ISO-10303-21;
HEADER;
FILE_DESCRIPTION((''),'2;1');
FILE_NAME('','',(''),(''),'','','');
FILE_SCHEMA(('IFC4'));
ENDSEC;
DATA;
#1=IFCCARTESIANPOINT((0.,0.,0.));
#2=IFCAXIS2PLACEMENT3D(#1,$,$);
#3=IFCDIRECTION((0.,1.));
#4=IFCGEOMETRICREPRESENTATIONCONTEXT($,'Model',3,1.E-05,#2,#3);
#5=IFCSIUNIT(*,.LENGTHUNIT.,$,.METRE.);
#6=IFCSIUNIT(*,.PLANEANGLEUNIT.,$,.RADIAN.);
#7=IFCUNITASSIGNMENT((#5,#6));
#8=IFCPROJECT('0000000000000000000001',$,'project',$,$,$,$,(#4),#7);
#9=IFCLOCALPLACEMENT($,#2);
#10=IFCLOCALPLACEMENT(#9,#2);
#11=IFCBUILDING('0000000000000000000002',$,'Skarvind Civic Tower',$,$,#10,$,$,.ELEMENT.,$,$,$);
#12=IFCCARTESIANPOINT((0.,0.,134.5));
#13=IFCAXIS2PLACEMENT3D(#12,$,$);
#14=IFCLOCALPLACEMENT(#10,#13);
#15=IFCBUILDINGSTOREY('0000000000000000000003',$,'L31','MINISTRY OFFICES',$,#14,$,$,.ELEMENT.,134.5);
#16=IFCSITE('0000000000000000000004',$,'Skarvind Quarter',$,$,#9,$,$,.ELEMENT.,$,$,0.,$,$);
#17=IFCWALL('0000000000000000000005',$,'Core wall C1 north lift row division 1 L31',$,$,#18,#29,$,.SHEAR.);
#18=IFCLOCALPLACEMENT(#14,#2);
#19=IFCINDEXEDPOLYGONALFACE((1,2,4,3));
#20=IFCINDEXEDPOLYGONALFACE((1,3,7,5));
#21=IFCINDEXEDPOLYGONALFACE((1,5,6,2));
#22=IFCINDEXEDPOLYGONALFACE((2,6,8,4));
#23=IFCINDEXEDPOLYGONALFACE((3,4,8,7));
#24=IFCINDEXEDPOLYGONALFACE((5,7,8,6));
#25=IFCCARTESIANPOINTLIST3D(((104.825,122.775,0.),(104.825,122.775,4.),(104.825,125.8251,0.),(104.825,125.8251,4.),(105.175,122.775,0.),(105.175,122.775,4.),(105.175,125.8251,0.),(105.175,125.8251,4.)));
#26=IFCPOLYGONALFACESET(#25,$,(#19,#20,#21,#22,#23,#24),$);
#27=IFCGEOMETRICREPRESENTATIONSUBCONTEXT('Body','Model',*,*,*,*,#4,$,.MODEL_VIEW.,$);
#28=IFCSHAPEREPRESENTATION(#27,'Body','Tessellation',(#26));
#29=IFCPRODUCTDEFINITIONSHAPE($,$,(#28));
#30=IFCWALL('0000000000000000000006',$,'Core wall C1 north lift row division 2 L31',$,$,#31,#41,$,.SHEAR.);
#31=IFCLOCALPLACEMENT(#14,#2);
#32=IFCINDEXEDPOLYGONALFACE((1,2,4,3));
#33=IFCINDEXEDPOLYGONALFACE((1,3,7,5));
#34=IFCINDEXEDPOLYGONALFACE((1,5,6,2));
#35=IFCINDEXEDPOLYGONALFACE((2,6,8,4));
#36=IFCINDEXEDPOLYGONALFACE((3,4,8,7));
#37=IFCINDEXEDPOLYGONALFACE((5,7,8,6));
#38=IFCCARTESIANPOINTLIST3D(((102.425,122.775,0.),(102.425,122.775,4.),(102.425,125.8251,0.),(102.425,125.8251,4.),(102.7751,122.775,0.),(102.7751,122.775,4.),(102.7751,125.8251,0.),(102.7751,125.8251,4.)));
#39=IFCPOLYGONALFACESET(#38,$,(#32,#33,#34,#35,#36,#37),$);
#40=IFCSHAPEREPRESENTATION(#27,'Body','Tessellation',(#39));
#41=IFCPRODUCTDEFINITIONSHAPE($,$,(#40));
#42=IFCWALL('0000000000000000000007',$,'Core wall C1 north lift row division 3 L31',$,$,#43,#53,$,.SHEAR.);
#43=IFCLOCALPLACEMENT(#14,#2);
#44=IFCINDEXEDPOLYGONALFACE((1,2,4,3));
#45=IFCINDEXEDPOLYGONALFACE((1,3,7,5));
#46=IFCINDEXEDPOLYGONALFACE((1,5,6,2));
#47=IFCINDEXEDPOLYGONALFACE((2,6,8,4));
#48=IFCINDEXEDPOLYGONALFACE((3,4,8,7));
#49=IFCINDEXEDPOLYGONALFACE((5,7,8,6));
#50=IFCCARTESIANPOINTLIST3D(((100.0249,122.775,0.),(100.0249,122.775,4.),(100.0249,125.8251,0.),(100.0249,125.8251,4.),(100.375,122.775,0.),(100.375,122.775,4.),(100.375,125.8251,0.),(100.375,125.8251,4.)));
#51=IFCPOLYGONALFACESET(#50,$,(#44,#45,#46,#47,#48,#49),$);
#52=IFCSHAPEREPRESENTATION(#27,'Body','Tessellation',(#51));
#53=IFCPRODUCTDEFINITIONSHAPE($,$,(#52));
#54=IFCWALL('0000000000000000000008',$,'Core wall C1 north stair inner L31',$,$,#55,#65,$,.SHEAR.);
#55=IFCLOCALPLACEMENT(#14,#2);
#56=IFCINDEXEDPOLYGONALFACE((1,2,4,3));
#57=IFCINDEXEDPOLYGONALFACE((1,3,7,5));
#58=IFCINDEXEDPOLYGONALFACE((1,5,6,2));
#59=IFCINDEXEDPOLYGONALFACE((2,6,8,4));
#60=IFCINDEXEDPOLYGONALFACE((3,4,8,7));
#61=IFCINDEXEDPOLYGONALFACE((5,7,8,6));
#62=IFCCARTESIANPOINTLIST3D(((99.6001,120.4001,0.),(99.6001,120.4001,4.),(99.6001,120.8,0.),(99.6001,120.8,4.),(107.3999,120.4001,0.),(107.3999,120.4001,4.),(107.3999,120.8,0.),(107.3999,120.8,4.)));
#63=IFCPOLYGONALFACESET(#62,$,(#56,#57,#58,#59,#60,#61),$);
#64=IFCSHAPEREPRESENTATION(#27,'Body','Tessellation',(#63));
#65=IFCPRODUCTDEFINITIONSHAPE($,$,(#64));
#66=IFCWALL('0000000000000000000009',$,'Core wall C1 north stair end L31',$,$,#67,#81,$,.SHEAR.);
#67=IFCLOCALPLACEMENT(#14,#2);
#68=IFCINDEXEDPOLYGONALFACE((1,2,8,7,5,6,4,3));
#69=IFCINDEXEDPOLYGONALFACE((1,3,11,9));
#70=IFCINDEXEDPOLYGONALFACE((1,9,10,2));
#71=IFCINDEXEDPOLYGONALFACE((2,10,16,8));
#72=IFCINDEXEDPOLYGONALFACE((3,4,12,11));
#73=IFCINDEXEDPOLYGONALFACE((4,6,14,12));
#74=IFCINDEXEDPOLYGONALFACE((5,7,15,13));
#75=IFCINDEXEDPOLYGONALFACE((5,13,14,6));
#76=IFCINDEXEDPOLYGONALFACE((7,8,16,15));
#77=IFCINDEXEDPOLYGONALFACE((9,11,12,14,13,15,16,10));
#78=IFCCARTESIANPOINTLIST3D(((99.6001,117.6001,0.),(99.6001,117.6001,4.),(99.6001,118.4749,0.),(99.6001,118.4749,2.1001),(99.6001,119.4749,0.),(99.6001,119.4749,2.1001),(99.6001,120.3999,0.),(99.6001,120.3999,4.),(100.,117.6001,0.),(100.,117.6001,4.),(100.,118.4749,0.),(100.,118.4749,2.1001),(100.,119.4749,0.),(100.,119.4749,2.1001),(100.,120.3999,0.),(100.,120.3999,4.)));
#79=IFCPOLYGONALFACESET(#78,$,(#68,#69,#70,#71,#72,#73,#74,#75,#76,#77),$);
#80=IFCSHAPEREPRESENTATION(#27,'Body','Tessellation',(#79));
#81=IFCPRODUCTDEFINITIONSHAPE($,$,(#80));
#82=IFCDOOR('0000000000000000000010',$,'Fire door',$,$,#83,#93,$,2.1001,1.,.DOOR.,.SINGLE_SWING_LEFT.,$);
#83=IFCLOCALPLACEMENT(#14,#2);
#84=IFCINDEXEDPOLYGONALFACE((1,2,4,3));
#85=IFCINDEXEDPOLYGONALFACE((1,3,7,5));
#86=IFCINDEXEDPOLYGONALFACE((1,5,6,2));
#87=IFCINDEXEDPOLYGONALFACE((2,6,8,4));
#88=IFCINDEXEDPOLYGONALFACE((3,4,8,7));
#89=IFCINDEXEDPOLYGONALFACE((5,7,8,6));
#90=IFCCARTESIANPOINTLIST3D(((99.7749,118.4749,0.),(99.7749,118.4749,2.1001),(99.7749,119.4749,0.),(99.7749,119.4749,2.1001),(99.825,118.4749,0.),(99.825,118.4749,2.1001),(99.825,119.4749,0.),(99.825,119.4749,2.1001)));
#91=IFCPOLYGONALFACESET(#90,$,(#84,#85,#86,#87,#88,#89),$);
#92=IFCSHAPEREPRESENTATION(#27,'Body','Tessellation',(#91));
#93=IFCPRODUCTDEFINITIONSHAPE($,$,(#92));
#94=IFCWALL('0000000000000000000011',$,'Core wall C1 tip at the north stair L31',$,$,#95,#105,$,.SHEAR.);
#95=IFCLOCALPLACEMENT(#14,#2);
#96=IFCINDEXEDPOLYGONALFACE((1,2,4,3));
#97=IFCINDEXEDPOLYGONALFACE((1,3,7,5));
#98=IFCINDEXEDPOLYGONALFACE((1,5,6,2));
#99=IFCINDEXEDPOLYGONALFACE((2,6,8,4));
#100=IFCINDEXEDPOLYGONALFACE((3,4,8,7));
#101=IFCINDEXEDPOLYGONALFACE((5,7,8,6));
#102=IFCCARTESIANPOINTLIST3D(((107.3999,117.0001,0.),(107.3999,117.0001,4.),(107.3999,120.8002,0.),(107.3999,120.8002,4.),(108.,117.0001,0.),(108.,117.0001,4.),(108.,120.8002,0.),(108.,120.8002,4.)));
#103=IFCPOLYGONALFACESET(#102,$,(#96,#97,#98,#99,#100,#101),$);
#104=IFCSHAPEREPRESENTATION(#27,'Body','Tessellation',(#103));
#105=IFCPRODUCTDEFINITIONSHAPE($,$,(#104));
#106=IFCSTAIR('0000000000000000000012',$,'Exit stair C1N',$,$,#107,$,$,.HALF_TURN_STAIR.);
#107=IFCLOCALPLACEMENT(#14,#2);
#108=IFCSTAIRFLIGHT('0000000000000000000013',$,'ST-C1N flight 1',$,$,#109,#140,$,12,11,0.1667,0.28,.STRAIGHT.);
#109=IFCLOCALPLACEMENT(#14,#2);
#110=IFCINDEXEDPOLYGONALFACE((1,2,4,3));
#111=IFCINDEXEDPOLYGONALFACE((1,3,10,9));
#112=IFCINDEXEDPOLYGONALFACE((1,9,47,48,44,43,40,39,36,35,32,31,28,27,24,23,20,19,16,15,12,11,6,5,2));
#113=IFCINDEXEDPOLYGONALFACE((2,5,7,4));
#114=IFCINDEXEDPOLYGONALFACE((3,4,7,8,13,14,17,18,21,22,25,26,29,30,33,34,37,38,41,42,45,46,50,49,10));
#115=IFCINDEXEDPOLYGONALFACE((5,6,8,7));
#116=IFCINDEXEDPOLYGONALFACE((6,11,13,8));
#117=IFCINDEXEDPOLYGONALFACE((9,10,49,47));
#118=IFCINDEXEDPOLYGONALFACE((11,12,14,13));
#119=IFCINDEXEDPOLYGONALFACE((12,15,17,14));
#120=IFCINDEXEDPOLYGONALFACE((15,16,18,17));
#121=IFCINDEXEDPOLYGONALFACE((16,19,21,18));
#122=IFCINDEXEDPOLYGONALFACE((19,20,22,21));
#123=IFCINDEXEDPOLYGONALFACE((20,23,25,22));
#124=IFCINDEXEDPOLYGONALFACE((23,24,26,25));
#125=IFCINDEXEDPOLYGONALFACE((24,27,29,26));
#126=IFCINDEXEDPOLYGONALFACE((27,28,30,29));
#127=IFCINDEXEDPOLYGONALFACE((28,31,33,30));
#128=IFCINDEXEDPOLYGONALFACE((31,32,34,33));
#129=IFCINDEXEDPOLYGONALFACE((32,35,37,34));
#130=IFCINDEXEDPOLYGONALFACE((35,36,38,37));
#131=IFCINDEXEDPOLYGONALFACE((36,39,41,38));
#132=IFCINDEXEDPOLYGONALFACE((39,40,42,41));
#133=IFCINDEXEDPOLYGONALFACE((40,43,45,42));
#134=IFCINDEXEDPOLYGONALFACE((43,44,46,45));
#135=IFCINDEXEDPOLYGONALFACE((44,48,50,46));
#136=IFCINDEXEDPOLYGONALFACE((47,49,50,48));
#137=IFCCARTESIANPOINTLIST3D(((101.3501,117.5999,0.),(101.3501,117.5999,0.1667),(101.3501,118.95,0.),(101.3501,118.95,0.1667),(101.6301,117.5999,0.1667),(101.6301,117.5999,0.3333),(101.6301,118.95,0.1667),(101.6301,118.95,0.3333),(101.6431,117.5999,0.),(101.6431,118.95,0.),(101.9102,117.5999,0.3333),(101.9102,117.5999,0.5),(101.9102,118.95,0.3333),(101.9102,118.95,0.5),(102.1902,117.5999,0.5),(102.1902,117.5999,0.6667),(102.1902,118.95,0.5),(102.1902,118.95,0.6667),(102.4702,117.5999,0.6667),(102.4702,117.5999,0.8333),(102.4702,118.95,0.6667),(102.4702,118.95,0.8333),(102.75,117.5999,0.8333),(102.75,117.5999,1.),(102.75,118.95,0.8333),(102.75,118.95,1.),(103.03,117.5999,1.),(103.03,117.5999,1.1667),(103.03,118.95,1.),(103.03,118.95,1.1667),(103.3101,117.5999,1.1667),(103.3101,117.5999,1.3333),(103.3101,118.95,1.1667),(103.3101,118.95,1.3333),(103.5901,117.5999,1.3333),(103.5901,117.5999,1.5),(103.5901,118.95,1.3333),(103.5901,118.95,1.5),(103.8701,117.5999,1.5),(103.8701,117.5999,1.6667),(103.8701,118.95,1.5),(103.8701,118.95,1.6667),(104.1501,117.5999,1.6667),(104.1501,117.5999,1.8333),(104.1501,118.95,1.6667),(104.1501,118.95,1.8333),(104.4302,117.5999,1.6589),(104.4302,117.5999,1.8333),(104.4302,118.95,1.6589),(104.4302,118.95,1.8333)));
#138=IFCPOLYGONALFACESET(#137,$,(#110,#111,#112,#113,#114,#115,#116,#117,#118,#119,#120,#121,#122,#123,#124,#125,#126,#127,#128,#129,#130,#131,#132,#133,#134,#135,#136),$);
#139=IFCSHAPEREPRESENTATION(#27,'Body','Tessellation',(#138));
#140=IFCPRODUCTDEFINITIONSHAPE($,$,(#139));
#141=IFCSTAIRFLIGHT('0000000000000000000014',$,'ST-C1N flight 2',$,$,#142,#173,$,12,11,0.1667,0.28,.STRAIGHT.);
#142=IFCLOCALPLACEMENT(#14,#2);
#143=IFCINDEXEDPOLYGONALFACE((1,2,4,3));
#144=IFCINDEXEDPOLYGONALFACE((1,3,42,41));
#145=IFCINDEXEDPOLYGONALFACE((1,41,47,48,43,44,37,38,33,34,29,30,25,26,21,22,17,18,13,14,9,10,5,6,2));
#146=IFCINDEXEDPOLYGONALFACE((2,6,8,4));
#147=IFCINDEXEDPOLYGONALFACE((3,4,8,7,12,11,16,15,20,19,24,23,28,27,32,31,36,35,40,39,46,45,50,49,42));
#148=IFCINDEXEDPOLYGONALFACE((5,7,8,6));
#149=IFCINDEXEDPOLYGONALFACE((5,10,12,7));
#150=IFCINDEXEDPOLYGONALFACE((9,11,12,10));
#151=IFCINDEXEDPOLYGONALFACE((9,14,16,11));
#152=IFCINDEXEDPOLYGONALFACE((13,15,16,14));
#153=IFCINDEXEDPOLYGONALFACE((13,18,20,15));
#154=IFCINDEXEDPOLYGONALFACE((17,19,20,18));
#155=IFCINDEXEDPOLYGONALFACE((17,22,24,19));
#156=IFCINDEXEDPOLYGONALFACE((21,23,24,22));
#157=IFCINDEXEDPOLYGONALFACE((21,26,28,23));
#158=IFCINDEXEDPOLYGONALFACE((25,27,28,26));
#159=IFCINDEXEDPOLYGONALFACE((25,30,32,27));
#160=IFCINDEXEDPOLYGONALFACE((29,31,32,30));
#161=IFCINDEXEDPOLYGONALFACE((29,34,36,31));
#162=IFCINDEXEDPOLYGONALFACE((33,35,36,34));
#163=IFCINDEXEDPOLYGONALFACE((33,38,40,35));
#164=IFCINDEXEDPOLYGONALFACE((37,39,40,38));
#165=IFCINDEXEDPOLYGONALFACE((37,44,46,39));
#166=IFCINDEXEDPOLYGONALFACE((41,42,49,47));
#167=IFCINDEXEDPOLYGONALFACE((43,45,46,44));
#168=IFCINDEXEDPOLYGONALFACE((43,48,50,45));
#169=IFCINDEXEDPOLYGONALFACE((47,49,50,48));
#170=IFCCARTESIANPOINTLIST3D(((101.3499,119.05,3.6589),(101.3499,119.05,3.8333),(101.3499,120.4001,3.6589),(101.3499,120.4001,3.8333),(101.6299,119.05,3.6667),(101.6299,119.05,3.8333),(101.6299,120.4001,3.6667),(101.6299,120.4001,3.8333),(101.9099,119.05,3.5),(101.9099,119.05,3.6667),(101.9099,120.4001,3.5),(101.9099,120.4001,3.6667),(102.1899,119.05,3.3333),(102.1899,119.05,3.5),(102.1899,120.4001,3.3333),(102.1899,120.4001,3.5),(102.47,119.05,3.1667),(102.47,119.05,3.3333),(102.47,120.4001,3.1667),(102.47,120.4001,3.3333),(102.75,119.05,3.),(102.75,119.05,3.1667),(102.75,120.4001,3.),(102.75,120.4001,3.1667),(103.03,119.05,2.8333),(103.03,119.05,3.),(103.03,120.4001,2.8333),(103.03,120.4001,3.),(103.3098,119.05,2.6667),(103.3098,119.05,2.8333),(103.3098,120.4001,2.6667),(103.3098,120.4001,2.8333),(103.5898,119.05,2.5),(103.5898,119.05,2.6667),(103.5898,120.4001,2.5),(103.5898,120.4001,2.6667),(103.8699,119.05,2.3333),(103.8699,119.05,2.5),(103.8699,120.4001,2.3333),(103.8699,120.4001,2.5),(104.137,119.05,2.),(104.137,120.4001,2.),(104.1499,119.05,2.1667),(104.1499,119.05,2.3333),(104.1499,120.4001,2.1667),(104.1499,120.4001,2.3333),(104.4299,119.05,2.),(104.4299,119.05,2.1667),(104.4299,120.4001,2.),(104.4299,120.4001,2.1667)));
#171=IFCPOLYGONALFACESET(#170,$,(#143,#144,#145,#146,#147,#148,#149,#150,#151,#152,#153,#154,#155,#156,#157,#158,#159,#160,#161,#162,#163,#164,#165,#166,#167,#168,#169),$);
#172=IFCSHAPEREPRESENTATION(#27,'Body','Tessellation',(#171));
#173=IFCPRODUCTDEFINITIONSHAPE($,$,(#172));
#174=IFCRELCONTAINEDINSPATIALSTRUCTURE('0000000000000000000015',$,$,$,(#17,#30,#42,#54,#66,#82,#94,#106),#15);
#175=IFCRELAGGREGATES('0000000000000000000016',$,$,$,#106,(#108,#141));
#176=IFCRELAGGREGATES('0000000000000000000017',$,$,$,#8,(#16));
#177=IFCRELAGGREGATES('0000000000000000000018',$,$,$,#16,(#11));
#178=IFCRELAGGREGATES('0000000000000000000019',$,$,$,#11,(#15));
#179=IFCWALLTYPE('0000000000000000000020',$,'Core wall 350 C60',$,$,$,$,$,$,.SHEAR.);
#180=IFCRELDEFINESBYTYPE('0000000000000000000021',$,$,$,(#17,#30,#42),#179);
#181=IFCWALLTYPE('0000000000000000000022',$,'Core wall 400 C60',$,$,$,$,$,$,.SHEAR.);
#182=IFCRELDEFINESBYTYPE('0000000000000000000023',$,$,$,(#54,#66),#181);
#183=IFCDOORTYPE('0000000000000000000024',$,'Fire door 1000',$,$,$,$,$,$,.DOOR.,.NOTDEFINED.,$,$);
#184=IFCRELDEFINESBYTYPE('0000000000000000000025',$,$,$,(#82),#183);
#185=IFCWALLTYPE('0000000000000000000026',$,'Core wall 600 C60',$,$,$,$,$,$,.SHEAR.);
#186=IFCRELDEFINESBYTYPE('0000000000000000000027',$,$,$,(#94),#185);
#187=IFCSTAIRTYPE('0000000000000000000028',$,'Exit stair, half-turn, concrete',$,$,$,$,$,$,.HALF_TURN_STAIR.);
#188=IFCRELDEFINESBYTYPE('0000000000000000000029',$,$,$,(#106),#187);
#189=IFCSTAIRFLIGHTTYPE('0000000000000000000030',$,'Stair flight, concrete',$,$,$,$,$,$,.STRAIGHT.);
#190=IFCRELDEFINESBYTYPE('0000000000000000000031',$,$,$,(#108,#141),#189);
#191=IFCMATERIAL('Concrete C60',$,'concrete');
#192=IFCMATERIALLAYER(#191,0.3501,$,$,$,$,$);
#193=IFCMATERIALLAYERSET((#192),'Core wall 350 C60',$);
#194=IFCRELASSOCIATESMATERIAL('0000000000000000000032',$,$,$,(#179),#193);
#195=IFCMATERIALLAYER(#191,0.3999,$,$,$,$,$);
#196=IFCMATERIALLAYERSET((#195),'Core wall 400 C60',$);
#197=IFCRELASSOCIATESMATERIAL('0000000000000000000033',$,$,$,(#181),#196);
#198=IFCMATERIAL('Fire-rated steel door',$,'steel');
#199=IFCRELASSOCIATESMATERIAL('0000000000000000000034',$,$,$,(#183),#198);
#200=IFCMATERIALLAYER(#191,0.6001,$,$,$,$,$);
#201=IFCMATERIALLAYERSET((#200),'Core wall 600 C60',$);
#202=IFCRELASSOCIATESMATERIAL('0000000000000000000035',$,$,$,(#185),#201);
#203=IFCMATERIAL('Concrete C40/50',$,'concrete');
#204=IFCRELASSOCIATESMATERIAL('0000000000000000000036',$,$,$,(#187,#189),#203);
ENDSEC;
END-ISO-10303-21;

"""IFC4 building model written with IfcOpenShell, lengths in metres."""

from ifc_helpers import new_model, si_unit, direction, frame, frame_2d, origin, place, context, subcontext, project, spatial, polyline, rectangle, outline, extrude, material, layer, layer_set, type_object, element, fill, aggregate, save


model = new_model("IFC4")

# Units and contexts
model_context = context("Model", 3, precision=1e-05, world=origin(), true_north=direction((0.0, 1.0)))
body_context = subcontext(model_context, "Body", "Model", "MODEL_VIEW")
ifc_project = project(units=[si_unit("LENGTHUNIT", "METRE"), si_unit("PLANEANGLEUNIT", "RADIAN")], contexts=[model_context])

# Site, building, storey
site_placement = place(None, origin())
site = spatial("IfcSite", under=ifc_project, at=site_placement, Name="Skarvind Quarter", CompositionType="ELEMENT", RefElevation=0.0)
building_placement = place(site_placement, origin())
building = spatial("IfcBuilding", under=site, at=building_placement, Name="Skarvind Civic Tower", CompositionType="ELEMENT")
storey_placement = place(building_placement, frame((0.0, 0.0, 134.5)))
storey = spatial("IfcBuildingStorey", under=building, at=storey_placement, Name="L31", Description="MINISTRY OFFICES", CompositionType="ELEMENT", Elevation=134.5)

# Shared definitions
ifc_material_1 = material(Name="Concrete C60", Category="concrete")
ifc_layer_1 = layer(ifc_material_1, 0.3501)
ifc_layer_set_1 = layer_set([ifc_layer_1], Name="Core wall 350 C60")
wall_type_1 = type_object("IfcWallType", Name="Core wall 350 C60", PredefinedType="SHEAR", material=ifc_layer_set_1)
ifc_material_2 = material(Name="Fire-rated steel door", Category="steel")

# Walls
for number, where, z_axis, x_axis, name in (
    (1, (105.0, 125.825, 0.0), (0.0, 0.0, 1.0), (0.0, -1.0, 0.0), "Core wall C1 north lift row division 1 L31"),
    (2, (102.6001, 125.825, 0.0), (0.0, 0.0, 1.0), (0.0, -1.0, 0.0), "Core wall C1 north lift row division 2 L31"),
    (3, (100.2, 125.825, 0.0), (0.0, 0.0, 1.0), (0.0, -1.0, 0.0), "Core wall C1 north lift row division 3 L31"),
):
    element("IfcWall", number, at=place(storey_placement, frame(where, z_axis=z_axis, x_axis=x_axis)), inside=storey, type_object=wall_type_1, Name=name, PredefinedType="SHEAR", context=body_context, shape_type="SweptSolid", body=[
        extrude(rectangle(XDim=3.05, YDim=0.3501, at=frame_2d((1.5249, 0.0))), origin(), (0.0, 0.0, 1.0), 4.0),
    ])
ifc_layer_2 = layer(ifc_material_1, 0.3999)
ifc_layer_set_2 = layer_set([ifc_layer_2], Name="Core wall 400 C60")
wall_type_2 = type_object("IfcWallType", Name="Core wall 400 C60", PredefinedType="SHEAR", material=ifc_layer_set_2)
wall_1_placement = place(storey_placement, frame((107.3999, 120.6001, 0.0), z_axis=(0.0, 0.0, 1.0), x_axis=(-1.0, 0.0, 0.0)))
element("IfcWall", 4, at=wall_1_placement, inside=storey, type_object=wall_type_2, Name="Core wall C1 north stair inner L31", PredefinedType="SHEAR", context=body_context, shape_type="SweptSolid", body=[
    extrude(rectangle(XDim=7.7998, YDim=0.3999, at=frame_2d((3.8999, 0.0))), origin(), (0.0, 0.0, 1.0), 4.0),
])

# Wall, opening, door
wall_2_placement = place(storey_placement, frame((99.8, 120.3999, 0.0), z_axis=(0.0, 0.0, 1.0), x_axis=(0.0, -1.0, 0.0)))
wall_2 = element("IfcWall", 5, at=wall_2_placement, inside=storey, type_object=wall_type_2, Name="Core wall C1 north stair end L31", PredefinedType="SHEAR", context=body_context, shape_type="SweptSolid", body=[
    extrude(rectangle(XDim=2.7998, YDim=0.3999, at=frame_2d((1.3999, 0.0))), origin(), (0.0, 0.0, 1.0), 4.0),
])
opening_1_placement = place(wall_2_placement, frame((0.925, 0.0, 0.0)))
opening_1 = element("IfcOpeningElement", 6, at=opening_1_placement, cuts=wall_2, PredefinedType="OPENING", context=body_context, shape_type="SweptSolid", body=[
    extrude(rectangle(XDim=1.0, YDim=2.1001, at=frame_2d((0.5, 1.05))), frame((0.0, 0.21, 0.0), z_axis=(0.0, -1.0, 0.0), x_axis=(1.0, 0.0, 0.0)), (0.0, 0.0, 1.0), 0.4199),
])
door_type_1 = type_object("IfcDoorType", Name="Fire door 1000", OperationType="NOTDEFINED", PredefinedType="DOOR", material=ifc_material_2)
door_1_placement = place(opening_1_placement, origin())
door_1 = element("IfcDoor", 7, at=door_1_placement, inside=storey, type_object=door_type_1, Name="Fire door", OperationType="SINGLE_SWING_LEFT", OverallHeight=2.1001, OverallWidth=1.0, PredefinedType="DOOR", context=body_context, shape_type="SweptSolid", body=[
    extrude(rectangle(XDim=1.0, YDim=2.1001, at=frame_2d((0.5, 1.05))), frame((0.0, 0.0249, 0.0), z_axis=(0.0, -1.0, 0.0), x_axis=(1.0, 0.0, 0.0)), (0.0, 0.0, 1.0), 0.05),
])
fill(opening_1, door_1)

# Wall
ifc_layer_3 = layer(ifc_material_1, 0.6001)
ifc_layer_set_3 = layer_set([ifc_layer_3], Name="Core wall 600 C60")
wall_type_3 = type_object("IfcWallType", Name="Core wall 600 C60", PredefinedType="SHEAR", material=ifc_layer_set_3)
wall_3_placement = place(storey_placement, frame((107.7, 120.8, 0.0), z_axis=(0.0, 0.0, 1.0), x_axis=(0.0, -1.0, 0.0)))
element("IfcWall", 8, at=wall_3_placement, inside=storey, type_object=wall_type_3, Name="Core wall C1 tip at the north stair L31", PredefinedType="SHEAR", context=body_context, shape_type="SweptSolid", body=[
    extrude(rectangle(XDim=3.8, YDim=0.6001, at=frame_2d((1.8999, 0.0))), origin(), (0.0, 0.0, 1.0), 4.0),
])

# Stair, stair flights
ifc_material_3 = material(Name="Concrete C40/50", Category="concrete")
stair_type = type_object("IfcStairType", Name="Exit stair, half-turn, concrete", PredefinedType="HALF_TURN_STAIR", material=ifc_material_3)
stair_placement = place(storey_placement, origin())
stair = element("IfcStair", 9, at=stair_placement, inside=storey, type_object=stair_type, Name="Exit stair C1N", PredefinedType="HALF_TURN_STAIR")
stair_flight_type = type_object("IfcStairFlightType", Name="Stair flight, concrete", PredefinedType="STRAIGHT", material=ifc_material_3)
stair_flight_1_placement = place(storey_placement, frame((101.3501, 118.2749, 0.0), z_axis=(0.0, 0.0, 1.0), x_axis=(1.0, 0.0, 0.0)))
stair_flight_1 = element("IfcStairFlight", 10, at=stair_flight_1_placement, type_object=stair_flight_type, Name="ST-C1N flight 1", NumberOfRisers=12, NumberOfTreads=11, PredefinedType="STRAIGHT", RiserHeight=0.1667, TreadLength=0.28, context=body_context, shape_type="SweptSolid", body=[
    extrude(outline(polyline([(0.0, 0.0), (0.0, 0.1667), (0.28, 0.1667), (0.28, 0.3333), (0.5601, 0.3333), (0.5601, 0.5), (0.8401, 0.5), (0.8401, 0.6667), (1.1201, 0.6667), (1.1201, 0.8333), (1.3999, 0.8333), (1.3999, 1.0), (1.6799, 1.0), (1.6799, 1.1667), (1.96, 1.1667), (1.96, 1.3333), (2.24, 1.3333), (2.24, 1.5), (2.52, 1.5), (2.52, 1.6667), (2.8, 1.6667), (2.8, 1.8333), (3.0801, 1.8333), (3.0801, 2.0), (3.0801, 1.6589), (0.293, 0.0), (0.0, 0.0)])), frame((0.0, 0.675, 0.0), z_axis=(0.0, -1.0, 0.0), x_axis=(1.0, 0.0, 0.0)), (0.0, 0.0, 1.0), 1.3501),
])
stair_flight_2_placement = place(storey_placement, frame((104.4299, 119.7251, 2.0), z_axis=(0.0, 0.0, 1.0), x_axis=(-1.0, 0.0, 0.0)))
stair_flight_2 = element("IfcStairFlight", 11, at=stair_flight_2_placement, type_object=stair_flight_type, Name="ST-C1N flight 2", NumberOfRisers=12, NumberOfTreads=11, PredefinedType="STRAIGHT", RiserHeight=0.1667, TreadLength=0.28, context=body_context, shape_type="SweptSolid", body=[
    extrude(outline(polyline([(0.0, 0.0), (0.0, 0.1667), (0.28, 0.1667), (0.28, 0.3333), (0.5601, 0.3333), (0.5601, 0.5), (0.8401, 0.5), (0.8401, 0.6667), (1.1201, 0.6667), (1.1201, 0.8333), (1.3999, 0.8333), (1.3999, 1.0), (1.6799, 1.0), (1.6799, 1.1667), (1.96, 1.1667), (1.96, 1.3333), (2.24, 1.3333), (2.24, 1.5), (2.52, 1.5), (2.52, 1.6667), (2.8, 1.6667), (2.8, 1.8333), (3.0801, 1.8333), (3.0801, 2.0), (3.0801, 1.6589), (0.293, 0.0), (0.0, 0.0)])), frame((0.0, 0.675, 0.0), z_axis=(0.0, -1.0, 0.0), x_axis=(1.0, 0.0, 0.0)), (0.0, 0.0, 1.0), 1.3501),
])
aggregate(stair, [stair_flight_1, stair_flight_2])

save(model, "model.ifc")
